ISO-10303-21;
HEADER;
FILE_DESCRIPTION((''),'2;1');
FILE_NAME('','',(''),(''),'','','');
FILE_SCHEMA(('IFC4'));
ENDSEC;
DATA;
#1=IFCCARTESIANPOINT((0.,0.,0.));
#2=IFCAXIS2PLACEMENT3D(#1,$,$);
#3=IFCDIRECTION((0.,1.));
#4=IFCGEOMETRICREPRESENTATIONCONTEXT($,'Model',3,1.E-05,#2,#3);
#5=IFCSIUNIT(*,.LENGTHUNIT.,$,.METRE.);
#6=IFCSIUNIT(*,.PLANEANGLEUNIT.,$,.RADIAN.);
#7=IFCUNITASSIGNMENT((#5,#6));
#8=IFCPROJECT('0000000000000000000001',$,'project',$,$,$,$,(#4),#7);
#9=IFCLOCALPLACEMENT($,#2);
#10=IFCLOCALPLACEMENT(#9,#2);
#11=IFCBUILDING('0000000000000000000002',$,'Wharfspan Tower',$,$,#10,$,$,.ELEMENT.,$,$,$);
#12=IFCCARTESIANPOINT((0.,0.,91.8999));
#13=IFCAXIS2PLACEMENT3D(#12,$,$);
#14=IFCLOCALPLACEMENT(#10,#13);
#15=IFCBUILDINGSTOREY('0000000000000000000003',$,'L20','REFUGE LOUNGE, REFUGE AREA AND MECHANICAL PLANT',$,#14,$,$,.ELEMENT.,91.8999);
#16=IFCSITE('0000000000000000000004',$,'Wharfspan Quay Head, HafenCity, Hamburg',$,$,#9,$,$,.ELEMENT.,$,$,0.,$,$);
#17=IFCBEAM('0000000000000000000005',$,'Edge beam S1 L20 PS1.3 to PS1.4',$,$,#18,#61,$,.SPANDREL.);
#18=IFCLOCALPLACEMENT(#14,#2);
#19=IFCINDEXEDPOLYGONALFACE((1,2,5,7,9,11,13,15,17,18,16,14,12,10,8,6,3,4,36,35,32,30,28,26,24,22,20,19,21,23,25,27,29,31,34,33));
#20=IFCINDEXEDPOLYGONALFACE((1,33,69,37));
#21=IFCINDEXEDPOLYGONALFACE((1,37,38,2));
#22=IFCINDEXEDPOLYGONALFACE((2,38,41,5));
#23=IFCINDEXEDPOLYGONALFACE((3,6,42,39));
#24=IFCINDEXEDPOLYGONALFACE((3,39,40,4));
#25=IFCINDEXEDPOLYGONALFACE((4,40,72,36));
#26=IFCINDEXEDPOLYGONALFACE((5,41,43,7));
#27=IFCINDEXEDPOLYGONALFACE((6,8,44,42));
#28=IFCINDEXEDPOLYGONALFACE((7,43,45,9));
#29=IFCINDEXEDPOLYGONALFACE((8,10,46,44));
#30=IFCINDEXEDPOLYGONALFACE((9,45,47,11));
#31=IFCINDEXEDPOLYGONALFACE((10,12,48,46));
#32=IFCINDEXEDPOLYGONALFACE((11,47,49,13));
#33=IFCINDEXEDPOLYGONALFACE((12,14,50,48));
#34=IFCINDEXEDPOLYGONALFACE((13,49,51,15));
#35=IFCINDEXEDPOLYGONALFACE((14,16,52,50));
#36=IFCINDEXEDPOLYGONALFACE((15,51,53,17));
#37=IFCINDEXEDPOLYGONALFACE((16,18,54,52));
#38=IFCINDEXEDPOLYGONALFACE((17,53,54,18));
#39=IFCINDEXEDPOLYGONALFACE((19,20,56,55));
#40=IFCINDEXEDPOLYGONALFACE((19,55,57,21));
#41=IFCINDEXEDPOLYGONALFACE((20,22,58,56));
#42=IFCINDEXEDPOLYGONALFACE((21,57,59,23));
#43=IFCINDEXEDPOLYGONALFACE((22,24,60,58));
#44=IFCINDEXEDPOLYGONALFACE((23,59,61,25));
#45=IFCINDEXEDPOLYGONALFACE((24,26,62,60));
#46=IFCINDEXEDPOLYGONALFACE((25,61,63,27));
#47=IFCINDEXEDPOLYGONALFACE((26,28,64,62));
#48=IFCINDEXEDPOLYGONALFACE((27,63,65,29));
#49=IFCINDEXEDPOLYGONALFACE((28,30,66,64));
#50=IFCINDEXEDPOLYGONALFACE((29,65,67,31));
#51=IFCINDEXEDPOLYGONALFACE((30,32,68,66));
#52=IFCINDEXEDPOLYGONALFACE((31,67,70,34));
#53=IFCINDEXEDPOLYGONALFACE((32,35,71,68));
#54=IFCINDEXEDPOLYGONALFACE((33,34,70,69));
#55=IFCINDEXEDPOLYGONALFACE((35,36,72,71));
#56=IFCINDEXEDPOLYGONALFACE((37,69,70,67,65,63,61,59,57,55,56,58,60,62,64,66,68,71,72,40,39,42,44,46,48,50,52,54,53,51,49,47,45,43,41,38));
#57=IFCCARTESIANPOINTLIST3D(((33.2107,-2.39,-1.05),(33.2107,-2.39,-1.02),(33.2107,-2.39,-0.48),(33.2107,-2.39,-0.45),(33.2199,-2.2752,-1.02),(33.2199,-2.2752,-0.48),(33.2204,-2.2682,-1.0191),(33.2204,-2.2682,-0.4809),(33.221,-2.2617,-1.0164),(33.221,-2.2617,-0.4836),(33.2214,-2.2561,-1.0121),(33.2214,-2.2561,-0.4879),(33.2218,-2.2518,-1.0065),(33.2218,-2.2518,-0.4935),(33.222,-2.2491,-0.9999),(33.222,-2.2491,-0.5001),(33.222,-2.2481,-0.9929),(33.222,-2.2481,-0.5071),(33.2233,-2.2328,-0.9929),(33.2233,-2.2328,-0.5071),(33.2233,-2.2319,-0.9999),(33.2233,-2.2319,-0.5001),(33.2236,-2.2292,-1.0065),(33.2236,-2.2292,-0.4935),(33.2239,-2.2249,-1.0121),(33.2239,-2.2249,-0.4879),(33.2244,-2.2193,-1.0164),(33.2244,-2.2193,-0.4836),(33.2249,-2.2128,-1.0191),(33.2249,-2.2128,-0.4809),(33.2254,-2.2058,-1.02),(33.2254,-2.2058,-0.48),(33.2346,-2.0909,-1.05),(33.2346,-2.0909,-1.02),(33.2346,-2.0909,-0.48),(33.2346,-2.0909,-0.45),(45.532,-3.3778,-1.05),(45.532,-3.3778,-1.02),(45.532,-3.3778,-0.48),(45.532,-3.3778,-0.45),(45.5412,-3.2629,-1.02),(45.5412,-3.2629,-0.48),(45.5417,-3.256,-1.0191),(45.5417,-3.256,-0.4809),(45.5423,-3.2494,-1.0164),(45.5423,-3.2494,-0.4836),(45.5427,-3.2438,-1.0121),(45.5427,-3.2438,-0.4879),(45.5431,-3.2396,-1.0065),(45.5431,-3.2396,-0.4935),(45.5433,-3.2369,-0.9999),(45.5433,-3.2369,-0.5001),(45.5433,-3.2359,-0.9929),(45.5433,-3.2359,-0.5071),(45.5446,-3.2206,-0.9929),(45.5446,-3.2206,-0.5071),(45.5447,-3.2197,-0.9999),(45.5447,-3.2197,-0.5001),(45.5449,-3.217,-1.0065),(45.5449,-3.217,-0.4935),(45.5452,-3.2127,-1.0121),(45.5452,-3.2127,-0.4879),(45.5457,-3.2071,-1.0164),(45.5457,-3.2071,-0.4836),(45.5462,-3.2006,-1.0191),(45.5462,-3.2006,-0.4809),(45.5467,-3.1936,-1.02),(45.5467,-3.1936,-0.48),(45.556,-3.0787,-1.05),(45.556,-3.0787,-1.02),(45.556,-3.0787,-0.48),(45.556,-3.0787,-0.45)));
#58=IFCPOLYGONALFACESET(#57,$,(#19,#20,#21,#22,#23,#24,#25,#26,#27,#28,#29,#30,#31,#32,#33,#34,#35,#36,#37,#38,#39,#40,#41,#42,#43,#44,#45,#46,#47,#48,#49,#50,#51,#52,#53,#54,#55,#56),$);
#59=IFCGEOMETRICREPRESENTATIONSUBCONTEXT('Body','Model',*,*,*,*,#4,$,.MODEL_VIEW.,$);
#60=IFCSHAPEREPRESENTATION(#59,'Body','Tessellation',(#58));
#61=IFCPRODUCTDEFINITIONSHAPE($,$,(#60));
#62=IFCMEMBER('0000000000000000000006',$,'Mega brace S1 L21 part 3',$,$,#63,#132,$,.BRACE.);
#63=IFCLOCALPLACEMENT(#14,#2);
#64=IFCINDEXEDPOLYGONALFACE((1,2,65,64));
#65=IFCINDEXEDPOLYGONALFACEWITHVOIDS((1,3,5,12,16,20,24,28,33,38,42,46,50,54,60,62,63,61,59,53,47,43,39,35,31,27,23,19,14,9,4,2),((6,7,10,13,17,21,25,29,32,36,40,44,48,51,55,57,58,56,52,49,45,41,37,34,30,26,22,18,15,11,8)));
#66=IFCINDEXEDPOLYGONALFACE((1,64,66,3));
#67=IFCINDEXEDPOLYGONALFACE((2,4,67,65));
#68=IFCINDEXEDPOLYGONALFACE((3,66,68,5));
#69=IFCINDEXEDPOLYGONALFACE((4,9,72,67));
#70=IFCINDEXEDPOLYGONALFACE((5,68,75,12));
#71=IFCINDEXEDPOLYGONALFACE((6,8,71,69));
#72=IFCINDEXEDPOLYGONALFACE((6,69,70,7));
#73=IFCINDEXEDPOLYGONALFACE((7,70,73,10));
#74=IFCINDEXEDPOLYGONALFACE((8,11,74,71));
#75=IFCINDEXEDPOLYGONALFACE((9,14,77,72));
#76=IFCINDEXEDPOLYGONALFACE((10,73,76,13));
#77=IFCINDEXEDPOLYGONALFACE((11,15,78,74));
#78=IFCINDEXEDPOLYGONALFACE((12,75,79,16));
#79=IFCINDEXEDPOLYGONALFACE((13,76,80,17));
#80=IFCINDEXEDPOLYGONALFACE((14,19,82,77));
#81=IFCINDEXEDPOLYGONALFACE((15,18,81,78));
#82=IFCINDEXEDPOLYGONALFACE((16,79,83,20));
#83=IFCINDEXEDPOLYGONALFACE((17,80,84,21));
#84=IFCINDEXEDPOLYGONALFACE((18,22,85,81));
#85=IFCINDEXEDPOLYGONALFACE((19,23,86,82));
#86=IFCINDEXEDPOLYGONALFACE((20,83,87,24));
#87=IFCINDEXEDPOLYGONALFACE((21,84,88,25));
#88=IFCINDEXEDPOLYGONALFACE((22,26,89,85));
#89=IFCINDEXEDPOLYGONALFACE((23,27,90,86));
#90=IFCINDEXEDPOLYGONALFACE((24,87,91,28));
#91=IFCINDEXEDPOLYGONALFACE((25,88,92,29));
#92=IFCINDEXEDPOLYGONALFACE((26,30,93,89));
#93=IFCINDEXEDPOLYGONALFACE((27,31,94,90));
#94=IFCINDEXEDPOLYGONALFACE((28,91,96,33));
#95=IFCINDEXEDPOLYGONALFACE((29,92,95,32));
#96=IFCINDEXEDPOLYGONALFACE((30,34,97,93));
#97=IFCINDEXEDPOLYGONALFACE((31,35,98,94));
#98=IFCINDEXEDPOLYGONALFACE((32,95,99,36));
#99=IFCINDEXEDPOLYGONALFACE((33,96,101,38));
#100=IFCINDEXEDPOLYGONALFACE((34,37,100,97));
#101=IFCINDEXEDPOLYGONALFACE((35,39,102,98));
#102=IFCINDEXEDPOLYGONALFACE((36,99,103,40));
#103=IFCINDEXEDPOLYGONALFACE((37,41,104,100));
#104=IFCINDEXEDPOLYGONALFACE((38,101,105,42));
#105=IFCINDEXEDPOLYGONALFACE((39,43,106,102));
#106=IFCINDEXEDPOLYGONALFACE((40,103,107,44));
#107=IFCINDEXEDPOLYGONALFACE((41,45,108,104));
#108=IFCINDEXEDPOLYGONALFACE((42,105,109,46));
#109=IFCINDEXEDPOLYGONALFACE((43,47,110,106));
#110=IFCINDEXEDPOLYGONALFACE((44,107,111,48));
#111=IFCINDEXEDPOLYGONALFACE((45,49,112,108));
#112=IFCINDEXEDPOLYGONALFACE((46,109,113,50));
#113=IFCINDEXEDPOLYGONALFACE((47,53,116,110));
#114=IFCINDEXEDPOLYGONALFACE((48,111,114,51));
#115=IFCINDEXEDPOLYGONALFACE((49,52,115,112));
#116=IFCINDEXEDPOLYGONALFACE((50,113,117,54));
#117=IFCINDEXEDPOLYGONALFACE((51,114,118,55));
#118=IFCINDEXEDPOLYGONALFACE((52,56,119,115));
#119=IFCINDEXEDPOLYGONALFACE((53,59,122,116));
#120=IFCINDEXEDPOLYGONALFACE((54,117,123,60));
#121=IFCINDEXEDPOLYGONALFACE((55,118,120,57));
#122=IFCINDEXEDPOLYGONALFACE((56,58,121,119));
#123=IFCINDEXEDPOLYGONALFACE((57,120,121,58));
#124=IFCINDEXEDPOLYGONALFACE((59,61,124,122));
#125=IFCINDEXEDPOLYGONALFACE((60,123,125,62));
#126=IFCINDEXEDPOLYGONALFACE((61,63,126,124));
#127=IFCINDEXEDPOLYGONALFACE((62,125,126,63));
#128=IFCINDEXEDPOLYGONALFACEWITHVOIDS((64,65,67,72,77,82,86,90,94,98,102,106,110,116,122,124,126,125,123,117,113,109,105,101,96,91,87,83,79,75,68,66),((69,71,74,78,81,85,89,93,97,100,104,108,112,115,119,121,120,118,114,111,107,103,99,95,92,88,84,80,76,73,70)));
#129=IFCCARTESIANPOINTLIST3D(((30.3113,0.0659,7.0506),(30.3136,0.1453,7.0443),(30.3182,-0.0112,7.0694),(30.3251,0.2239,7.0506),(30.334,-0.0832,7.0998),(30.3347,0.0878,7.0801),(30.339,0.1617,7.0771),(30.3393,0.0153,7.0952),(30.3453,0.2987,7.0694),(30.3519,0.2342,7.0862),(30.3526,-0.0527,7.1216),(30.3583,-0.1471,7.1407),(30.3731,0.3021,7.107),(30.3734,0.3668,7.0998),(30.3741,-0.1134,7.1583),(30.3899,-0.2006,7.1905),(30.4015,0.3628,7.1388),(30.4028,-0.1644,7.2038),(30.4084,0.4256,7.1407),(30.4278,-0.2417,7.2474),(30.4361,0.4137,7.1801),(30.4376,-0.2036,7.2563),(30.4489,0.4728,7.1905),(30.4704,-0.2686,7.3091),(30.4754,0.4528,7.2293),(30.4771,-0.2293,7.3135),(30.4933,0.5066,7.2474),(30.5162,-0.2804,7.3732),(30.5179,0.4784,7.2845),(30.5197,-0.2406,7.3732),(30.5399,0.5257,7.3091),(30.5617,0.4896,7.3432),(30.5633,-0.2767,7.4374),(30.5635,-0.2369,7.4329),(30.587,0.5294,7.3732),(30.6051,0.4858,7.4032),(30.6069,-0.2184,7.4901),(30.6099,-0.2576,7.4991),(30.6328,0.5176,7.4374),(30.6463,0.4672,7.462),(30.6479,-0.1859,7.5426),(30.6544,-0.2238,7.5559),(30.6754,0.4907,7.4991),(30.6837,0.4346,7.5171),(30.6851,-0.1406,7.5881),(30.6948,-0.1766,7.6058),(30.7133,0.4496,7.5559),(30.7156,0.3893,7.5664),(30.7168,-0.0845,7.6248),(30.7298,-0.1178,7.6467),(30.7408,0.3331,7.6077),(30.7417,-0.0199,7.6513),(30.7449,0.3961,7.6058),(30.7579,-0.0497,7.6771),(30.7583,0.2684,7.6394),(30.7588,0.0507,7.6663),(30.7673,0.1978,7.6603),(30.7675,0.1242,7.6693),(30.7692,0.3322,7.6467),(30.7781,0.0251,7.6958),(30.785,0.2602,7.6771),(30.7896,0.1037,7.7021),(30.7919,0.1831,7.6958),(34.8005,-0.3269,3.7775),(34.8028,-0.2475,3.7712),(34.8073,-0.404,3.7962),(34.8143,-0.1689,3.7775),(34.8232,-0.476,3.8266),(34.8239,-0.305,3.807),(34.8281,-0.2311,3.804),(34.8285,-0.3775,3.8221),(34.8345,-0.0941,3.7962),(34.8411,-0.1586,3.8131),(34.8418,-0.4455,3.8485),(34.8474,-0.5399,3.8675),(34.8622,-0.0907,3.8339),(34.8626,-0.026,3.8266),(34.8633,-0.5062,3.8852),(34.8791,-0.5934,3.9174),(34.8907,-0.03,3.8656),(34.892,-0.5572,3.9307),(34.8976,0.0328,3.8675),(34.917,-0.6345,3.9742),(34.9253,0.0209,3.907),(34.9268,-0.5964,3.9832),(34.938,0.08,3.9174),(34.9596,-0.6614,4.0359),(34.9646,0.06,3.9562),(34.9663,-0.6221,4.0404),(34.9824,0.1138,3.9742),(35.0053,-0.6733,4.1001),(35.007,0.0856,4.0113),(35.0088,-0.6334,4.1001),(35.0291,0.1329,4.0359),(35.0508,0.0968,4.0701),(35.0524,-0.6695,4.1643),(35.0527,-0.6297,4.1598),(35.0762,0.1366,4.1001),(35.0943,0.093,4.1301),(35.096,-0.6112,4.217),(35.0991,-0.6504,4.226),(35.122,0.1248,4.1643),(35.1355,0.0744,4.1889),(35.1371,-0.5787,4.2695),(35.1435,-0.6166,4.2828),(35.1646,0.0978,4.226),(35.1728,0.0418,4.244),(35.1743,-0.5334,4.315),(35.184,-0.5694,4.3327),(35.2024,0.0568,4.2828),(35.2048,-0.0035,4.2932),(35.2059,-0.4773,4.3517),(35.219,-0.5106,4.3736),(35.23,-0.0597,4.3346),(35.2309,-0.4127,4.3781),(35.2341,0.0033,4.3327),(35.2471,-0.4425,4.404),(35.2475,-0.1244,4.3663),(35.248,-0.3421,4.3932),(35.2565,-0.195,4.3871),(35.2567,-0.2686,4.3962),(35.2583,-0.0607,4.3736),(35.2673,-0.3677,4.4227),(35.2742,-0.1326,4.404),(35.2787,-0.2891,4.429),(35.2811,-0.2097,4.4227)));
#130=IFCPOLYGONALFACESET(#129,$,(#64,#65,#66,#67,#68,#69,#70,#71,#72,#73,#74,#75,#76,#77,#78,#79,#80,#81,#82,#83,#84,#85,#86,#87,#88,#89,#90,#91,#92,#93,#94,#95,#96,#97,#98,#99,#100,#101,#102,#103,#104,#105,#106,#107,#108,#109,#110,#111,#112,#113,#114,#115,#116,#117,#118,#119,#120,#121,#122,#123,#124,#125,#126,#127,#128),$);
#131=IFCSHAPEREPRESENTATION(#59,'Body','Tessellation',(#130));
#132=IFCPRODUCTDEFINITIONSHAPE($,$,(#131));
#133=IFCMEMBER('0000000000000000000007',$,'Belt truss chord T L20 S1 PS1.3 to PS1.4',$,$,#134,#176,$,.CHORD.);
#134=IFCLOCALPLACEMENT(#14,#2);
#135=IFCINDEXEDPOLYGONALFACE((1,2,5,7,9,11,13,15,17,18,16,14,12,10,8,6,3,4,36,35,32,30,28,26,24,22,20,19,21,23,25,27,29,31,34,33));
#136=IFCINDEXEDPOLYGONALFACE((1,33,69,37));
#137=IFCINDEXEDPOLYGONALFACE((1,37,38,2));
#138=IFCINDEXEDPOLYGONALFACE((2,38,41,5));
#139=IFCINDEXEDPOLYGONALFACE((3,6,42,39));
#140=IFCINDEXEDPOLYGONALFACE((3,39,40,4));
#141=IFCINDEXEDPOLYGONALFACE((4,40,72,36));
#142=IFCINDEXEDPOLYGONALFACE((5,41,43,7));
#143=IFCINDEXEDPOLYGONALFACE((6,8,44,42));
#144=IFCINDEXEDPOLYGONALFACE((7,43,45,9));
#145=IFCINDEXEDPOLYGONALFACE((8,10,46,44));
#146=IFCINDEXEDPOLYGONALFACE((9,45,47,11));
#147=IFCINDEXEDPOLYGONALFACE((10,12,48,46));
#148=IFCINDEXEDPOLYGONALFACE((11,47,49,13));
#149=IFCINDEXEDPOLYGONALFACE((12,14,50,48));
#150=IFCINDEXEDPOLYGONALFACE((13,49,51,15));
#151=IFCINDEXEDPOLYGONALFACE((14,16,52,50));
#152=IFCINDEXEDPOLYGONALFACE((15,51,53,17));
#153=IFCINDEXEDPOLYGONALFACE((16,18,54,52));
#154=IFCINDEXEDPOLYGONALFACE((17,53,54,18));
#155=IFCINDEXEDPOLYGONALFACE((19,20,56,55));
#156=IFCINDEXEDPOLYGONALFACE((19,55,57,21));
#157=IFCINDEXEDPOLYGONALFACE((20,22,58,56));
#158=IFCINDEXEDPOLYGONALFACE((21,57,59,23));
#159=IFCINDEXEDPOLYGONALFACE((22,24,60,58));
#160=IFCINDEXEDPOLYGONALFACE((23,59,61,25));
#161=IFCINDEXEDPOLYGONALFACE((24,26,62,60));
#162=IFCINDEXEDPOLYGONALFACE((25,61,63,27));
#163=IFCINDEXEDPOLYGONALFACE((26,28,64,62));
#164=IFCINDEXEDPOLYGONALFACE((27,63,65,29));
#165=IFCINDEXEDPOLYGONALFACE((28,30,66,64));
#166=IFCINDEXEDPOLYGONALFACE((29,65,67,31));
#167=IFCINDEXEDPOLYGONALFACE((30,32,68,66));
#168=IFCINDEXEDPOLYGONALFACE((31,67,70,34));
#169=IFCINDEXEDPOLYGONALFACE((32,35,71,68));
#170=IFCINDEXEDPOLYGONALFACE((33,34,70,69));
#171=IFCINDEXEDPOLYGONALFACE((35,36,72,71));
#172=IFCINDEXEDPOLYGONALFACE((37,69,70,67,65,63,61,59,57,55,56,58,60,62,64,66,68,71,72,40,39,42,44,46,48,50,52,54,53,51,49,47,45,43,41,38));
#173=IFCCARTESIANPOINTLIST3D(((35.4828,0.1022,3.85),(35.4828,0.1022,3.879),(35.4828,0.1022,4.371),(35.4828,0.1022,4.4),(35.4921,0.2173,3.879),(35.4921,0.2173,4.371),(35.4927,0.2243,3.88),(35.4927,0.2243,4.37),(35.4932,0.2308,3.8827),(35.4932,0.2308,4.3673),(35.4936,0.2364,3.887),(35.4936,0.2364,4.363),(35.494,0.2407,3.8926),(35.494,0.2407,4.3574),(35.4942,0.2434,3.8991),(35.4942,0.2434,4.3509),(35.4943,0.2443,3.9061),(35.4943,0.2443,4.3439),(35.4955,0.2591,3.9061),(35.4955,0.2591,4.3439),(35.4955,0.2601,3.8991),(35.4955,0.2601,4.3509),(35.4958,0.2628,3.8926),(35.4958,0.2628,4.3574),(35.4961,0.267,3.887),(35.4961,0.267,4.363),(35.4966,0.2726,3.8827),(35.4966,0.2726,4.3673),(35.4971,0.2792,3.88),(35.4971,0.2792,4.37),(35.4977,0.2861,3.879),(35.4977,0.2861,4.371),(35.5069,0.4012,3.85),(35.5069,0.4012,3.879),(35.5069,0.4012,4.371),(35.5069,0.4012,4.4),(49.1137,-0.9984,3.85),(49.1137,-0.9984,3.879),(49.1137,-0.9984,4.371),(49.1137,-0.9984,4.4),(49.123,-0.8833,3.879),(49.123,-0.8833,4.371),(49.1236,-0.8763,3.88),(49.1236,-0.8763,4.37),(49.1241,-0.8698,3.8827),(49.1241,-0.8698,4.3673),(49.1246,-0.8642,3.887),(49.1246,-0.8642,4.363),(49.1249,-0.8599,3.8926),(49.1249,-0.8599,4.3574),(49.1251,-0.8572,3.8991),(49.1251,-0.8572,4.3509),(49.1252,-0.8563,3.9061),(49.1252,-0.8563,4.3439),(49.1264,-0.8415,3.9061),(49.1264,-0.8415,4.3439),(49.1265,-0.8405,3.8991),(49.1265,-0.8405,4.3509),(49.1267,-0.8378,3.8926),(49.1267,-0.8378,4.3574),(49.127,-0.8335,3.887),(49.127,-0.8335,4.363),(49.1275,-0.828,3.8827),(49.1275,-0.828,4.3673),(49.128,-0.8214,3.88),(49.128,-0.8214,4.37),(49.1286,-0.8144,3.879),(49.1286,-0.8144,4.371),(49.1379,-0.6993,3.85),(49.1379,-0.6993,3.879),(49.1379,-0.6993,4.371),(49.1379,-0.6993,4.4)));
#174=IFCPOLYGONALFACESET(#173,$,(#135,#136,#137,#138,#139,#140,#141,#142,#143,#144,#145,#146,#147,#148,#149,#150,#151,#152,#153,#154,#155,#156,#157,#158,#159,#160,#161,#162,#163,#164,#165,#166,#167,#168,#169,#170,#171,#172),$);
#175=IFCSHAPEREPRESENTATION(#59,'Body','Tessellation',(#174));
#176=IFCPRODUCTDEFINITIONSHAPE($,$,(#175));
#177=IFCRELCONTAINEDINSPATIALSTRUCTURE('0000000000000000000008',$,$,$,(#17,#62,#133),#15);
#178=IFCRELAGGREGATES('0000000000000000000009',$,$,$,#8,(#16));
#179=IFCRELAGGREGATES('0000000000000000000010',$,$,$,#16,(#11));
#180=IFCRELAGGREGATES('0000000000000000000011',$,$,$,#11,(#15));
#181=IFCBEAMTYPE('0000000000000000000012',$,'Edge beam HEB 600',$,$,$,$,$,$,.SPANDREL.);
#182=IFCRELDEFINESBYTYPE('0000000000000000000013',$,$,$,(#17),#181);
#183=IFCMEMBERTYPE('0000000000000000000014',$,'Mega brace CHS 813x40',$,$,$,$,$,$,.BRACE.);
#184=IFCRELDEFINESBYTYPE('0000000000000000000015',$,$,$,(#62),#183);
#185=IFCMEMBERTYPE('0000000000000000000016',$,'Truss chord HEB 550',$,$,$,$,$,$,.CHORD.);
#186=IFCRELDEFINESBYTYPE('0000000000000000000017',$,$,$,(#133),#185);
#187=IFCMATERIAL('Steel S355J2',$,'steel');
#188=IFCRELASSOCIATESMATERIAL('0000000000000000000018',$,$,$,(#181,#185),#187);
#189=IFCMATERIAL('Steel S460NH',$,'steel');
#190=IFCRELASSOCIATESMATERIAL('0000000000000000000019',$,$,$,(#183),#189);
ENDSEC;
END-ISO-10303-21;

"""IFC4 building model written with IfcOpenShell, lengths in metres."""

from ifc_helpers import new_model, si_unit, direction, frame, origin, origin_2d, place, context, subcontext, project, spatial, hollow_circle, i_section, extrude, material, material_profile, profile_set, type_object, element, save


model = new_model("IFC4")

# Units and contexts
model_context = context("Model", 3, precision=1e-05, world=origin(), true_north=direction((0.0, 1.0)))
body_context = subcontext(model_context, "Body", "Model", "MODEL_VIEW")
ifc_project = project(units=[si_unit("LENGTHUNIT", "METRE"), si_unit("PLANEANGLEUNIT", "RADIAN")], contexts=[model_context])

# Site, building, storey
site_placement = place(None, origin())
site = spatial("IfcSite", under=ifc_project, at=site_placement, Name="Wharfspan Quay Head, HafenCity, Hamburg", CompositionType="ELEMENT", RefElevation=0.0)
building_placement = place(site_placement, origin())
building = spatial("IfcBuilding", under=site, at=building_placement, Name="Wharfspan Tower", CompositionType="ELEMENT")
storey_placement = place(building_placement, frame((0.0, 0.0, 91.8999)))
storey = spatial("IfcBuildingStorey", under=building, at=storey_placement, Name="L20", Description="REFUGE LOUNGE, REFUGE AREA AND MECHANICAL PLANT", CompositionType="ELEMENT", Elevation=91.8999)

# Shared definitions
ifc_material_1 = material(Name="Steel S355J2", Category="steel")

# Beam
ifc_material_profile_1 = material_profile(ifc_material_1, i_section(OverallWidth=0.3, OverallDepth=0.6001, WebThickness=0.0154, FlangeThickness=0.03, FilletRadius=0.0271, at=origin_2d()))
ifc_profile_set_1 = profile_set([ifc_material_profile_1], Name="Steel S355J2")
beam_type = type_object("IfcBeamType", Name="Edge beam HEB 600", PredefinedType="SPANDREL", material=ifc_profile_set_1)
beam_placement = place(storey_placement, frame((33.2227, -2.2405, -0.75), z_axis=(0.996802, -0.079913, 0.0), x_axis=(0.079913, 0.996802, 0.0)))
element("IfcBeam", 1, at=beam_placement, inside=storey, type_object=beam_type, Name="Edge beam S1 L20 PS1.3 to PS1.4", PredefinedType="SPANDREL", context=body_context, shape_type="SweptSolid", body=[
    extrude(i_section(OverallWidth=0.3, OverallDepth=0.6001, WebThickness=0.0154, FlangeThickness=0.03, FilletRadius=0.0271, at=origin_2d()), origin(), (0.0, 0.0, 1.0), 12.3608),
])

# Members
ifc_material_2 = material(Name="Steel S460NH", Category="steel")
ifc_material_profile_2 = material_profile(ifc_material_2, hollow_circle(Radius=0.4065, WallThickness=0.04, at=origin_2d()))
ifc_profile_set_2 = profile_set([ifc_material_profile_2], Name="Steel S460NH")
member_type_1 = type_object("IfcMemberType", Name="Mega brace CHS 813x40", PredefinedType="BRACE", material=ifc_profile_set_2)
member_1_placement = place(storey_placement, frame((35.0408, -0.2683, 4.1001), z_axis=(-0.806015, 0.070528, 0.587679), x_axis=(-0.087171, -0.996191, -0.000003)))
element("IfcMember", 2, at=member_1_placement, inside=storey, type_object=member_type_1, Name="Mega brace S1 L21 part 3", PredefinedType="BRACE", context=body_context, shape_type="SweptSolid", body=[
    extrude(hollow_circle(Radius=0.4065, WallThickness=0.04, at=origin_2d()), origin(), (0.0, 0.0, 1.0), 5.5696),
])
ifc_material_profile_3 = material_profile(ifc_material_1, i_section(OverallWidth=0.3, OverallDepth=0.55, WebThickness=0.0149, FlangeThickness=0.0291, FilletRadius=0.0271, at=origin_2d()))
ifc_profile_set_3 = profile_set([ifc_material_profile_3], Name="Steel S355J2")
member_type_2 = type_object("IfcMemberType", Name="Truss chord HEB 550", PredefinedType="CHORD", material=ifc_profile_set_3)
for number, where, z_axis, x_axis, name in (
    (3, (35.4949, 0.2517, 4.125), (0.996756, -0.08048, 0.0), (0.08048, 0.996756, 0.0), "Belt truss chord T L20 S1 PS1.3 to PS1.4"),
):
    element("IfcMember", number, at=place(storey_placement, frame(where, z_axis=z_axis, x_axis=x_axis)), inside=storey, type_object=member_type_2, Name=name, PredefinedType="CHORD", context=body_context, shape_type="SweptSolid", body=[
        extrude(i_section(OverallWidth=0.3, OverallDepth=0.55, WebThickness=0.0149, FlangeThickness=0.0291, FilletRadius=0.0271, at=origin_2d()), origin(), (0.0, 0.0, 1.0), 13.6753),
    ])

save(model, "model.ifc")
